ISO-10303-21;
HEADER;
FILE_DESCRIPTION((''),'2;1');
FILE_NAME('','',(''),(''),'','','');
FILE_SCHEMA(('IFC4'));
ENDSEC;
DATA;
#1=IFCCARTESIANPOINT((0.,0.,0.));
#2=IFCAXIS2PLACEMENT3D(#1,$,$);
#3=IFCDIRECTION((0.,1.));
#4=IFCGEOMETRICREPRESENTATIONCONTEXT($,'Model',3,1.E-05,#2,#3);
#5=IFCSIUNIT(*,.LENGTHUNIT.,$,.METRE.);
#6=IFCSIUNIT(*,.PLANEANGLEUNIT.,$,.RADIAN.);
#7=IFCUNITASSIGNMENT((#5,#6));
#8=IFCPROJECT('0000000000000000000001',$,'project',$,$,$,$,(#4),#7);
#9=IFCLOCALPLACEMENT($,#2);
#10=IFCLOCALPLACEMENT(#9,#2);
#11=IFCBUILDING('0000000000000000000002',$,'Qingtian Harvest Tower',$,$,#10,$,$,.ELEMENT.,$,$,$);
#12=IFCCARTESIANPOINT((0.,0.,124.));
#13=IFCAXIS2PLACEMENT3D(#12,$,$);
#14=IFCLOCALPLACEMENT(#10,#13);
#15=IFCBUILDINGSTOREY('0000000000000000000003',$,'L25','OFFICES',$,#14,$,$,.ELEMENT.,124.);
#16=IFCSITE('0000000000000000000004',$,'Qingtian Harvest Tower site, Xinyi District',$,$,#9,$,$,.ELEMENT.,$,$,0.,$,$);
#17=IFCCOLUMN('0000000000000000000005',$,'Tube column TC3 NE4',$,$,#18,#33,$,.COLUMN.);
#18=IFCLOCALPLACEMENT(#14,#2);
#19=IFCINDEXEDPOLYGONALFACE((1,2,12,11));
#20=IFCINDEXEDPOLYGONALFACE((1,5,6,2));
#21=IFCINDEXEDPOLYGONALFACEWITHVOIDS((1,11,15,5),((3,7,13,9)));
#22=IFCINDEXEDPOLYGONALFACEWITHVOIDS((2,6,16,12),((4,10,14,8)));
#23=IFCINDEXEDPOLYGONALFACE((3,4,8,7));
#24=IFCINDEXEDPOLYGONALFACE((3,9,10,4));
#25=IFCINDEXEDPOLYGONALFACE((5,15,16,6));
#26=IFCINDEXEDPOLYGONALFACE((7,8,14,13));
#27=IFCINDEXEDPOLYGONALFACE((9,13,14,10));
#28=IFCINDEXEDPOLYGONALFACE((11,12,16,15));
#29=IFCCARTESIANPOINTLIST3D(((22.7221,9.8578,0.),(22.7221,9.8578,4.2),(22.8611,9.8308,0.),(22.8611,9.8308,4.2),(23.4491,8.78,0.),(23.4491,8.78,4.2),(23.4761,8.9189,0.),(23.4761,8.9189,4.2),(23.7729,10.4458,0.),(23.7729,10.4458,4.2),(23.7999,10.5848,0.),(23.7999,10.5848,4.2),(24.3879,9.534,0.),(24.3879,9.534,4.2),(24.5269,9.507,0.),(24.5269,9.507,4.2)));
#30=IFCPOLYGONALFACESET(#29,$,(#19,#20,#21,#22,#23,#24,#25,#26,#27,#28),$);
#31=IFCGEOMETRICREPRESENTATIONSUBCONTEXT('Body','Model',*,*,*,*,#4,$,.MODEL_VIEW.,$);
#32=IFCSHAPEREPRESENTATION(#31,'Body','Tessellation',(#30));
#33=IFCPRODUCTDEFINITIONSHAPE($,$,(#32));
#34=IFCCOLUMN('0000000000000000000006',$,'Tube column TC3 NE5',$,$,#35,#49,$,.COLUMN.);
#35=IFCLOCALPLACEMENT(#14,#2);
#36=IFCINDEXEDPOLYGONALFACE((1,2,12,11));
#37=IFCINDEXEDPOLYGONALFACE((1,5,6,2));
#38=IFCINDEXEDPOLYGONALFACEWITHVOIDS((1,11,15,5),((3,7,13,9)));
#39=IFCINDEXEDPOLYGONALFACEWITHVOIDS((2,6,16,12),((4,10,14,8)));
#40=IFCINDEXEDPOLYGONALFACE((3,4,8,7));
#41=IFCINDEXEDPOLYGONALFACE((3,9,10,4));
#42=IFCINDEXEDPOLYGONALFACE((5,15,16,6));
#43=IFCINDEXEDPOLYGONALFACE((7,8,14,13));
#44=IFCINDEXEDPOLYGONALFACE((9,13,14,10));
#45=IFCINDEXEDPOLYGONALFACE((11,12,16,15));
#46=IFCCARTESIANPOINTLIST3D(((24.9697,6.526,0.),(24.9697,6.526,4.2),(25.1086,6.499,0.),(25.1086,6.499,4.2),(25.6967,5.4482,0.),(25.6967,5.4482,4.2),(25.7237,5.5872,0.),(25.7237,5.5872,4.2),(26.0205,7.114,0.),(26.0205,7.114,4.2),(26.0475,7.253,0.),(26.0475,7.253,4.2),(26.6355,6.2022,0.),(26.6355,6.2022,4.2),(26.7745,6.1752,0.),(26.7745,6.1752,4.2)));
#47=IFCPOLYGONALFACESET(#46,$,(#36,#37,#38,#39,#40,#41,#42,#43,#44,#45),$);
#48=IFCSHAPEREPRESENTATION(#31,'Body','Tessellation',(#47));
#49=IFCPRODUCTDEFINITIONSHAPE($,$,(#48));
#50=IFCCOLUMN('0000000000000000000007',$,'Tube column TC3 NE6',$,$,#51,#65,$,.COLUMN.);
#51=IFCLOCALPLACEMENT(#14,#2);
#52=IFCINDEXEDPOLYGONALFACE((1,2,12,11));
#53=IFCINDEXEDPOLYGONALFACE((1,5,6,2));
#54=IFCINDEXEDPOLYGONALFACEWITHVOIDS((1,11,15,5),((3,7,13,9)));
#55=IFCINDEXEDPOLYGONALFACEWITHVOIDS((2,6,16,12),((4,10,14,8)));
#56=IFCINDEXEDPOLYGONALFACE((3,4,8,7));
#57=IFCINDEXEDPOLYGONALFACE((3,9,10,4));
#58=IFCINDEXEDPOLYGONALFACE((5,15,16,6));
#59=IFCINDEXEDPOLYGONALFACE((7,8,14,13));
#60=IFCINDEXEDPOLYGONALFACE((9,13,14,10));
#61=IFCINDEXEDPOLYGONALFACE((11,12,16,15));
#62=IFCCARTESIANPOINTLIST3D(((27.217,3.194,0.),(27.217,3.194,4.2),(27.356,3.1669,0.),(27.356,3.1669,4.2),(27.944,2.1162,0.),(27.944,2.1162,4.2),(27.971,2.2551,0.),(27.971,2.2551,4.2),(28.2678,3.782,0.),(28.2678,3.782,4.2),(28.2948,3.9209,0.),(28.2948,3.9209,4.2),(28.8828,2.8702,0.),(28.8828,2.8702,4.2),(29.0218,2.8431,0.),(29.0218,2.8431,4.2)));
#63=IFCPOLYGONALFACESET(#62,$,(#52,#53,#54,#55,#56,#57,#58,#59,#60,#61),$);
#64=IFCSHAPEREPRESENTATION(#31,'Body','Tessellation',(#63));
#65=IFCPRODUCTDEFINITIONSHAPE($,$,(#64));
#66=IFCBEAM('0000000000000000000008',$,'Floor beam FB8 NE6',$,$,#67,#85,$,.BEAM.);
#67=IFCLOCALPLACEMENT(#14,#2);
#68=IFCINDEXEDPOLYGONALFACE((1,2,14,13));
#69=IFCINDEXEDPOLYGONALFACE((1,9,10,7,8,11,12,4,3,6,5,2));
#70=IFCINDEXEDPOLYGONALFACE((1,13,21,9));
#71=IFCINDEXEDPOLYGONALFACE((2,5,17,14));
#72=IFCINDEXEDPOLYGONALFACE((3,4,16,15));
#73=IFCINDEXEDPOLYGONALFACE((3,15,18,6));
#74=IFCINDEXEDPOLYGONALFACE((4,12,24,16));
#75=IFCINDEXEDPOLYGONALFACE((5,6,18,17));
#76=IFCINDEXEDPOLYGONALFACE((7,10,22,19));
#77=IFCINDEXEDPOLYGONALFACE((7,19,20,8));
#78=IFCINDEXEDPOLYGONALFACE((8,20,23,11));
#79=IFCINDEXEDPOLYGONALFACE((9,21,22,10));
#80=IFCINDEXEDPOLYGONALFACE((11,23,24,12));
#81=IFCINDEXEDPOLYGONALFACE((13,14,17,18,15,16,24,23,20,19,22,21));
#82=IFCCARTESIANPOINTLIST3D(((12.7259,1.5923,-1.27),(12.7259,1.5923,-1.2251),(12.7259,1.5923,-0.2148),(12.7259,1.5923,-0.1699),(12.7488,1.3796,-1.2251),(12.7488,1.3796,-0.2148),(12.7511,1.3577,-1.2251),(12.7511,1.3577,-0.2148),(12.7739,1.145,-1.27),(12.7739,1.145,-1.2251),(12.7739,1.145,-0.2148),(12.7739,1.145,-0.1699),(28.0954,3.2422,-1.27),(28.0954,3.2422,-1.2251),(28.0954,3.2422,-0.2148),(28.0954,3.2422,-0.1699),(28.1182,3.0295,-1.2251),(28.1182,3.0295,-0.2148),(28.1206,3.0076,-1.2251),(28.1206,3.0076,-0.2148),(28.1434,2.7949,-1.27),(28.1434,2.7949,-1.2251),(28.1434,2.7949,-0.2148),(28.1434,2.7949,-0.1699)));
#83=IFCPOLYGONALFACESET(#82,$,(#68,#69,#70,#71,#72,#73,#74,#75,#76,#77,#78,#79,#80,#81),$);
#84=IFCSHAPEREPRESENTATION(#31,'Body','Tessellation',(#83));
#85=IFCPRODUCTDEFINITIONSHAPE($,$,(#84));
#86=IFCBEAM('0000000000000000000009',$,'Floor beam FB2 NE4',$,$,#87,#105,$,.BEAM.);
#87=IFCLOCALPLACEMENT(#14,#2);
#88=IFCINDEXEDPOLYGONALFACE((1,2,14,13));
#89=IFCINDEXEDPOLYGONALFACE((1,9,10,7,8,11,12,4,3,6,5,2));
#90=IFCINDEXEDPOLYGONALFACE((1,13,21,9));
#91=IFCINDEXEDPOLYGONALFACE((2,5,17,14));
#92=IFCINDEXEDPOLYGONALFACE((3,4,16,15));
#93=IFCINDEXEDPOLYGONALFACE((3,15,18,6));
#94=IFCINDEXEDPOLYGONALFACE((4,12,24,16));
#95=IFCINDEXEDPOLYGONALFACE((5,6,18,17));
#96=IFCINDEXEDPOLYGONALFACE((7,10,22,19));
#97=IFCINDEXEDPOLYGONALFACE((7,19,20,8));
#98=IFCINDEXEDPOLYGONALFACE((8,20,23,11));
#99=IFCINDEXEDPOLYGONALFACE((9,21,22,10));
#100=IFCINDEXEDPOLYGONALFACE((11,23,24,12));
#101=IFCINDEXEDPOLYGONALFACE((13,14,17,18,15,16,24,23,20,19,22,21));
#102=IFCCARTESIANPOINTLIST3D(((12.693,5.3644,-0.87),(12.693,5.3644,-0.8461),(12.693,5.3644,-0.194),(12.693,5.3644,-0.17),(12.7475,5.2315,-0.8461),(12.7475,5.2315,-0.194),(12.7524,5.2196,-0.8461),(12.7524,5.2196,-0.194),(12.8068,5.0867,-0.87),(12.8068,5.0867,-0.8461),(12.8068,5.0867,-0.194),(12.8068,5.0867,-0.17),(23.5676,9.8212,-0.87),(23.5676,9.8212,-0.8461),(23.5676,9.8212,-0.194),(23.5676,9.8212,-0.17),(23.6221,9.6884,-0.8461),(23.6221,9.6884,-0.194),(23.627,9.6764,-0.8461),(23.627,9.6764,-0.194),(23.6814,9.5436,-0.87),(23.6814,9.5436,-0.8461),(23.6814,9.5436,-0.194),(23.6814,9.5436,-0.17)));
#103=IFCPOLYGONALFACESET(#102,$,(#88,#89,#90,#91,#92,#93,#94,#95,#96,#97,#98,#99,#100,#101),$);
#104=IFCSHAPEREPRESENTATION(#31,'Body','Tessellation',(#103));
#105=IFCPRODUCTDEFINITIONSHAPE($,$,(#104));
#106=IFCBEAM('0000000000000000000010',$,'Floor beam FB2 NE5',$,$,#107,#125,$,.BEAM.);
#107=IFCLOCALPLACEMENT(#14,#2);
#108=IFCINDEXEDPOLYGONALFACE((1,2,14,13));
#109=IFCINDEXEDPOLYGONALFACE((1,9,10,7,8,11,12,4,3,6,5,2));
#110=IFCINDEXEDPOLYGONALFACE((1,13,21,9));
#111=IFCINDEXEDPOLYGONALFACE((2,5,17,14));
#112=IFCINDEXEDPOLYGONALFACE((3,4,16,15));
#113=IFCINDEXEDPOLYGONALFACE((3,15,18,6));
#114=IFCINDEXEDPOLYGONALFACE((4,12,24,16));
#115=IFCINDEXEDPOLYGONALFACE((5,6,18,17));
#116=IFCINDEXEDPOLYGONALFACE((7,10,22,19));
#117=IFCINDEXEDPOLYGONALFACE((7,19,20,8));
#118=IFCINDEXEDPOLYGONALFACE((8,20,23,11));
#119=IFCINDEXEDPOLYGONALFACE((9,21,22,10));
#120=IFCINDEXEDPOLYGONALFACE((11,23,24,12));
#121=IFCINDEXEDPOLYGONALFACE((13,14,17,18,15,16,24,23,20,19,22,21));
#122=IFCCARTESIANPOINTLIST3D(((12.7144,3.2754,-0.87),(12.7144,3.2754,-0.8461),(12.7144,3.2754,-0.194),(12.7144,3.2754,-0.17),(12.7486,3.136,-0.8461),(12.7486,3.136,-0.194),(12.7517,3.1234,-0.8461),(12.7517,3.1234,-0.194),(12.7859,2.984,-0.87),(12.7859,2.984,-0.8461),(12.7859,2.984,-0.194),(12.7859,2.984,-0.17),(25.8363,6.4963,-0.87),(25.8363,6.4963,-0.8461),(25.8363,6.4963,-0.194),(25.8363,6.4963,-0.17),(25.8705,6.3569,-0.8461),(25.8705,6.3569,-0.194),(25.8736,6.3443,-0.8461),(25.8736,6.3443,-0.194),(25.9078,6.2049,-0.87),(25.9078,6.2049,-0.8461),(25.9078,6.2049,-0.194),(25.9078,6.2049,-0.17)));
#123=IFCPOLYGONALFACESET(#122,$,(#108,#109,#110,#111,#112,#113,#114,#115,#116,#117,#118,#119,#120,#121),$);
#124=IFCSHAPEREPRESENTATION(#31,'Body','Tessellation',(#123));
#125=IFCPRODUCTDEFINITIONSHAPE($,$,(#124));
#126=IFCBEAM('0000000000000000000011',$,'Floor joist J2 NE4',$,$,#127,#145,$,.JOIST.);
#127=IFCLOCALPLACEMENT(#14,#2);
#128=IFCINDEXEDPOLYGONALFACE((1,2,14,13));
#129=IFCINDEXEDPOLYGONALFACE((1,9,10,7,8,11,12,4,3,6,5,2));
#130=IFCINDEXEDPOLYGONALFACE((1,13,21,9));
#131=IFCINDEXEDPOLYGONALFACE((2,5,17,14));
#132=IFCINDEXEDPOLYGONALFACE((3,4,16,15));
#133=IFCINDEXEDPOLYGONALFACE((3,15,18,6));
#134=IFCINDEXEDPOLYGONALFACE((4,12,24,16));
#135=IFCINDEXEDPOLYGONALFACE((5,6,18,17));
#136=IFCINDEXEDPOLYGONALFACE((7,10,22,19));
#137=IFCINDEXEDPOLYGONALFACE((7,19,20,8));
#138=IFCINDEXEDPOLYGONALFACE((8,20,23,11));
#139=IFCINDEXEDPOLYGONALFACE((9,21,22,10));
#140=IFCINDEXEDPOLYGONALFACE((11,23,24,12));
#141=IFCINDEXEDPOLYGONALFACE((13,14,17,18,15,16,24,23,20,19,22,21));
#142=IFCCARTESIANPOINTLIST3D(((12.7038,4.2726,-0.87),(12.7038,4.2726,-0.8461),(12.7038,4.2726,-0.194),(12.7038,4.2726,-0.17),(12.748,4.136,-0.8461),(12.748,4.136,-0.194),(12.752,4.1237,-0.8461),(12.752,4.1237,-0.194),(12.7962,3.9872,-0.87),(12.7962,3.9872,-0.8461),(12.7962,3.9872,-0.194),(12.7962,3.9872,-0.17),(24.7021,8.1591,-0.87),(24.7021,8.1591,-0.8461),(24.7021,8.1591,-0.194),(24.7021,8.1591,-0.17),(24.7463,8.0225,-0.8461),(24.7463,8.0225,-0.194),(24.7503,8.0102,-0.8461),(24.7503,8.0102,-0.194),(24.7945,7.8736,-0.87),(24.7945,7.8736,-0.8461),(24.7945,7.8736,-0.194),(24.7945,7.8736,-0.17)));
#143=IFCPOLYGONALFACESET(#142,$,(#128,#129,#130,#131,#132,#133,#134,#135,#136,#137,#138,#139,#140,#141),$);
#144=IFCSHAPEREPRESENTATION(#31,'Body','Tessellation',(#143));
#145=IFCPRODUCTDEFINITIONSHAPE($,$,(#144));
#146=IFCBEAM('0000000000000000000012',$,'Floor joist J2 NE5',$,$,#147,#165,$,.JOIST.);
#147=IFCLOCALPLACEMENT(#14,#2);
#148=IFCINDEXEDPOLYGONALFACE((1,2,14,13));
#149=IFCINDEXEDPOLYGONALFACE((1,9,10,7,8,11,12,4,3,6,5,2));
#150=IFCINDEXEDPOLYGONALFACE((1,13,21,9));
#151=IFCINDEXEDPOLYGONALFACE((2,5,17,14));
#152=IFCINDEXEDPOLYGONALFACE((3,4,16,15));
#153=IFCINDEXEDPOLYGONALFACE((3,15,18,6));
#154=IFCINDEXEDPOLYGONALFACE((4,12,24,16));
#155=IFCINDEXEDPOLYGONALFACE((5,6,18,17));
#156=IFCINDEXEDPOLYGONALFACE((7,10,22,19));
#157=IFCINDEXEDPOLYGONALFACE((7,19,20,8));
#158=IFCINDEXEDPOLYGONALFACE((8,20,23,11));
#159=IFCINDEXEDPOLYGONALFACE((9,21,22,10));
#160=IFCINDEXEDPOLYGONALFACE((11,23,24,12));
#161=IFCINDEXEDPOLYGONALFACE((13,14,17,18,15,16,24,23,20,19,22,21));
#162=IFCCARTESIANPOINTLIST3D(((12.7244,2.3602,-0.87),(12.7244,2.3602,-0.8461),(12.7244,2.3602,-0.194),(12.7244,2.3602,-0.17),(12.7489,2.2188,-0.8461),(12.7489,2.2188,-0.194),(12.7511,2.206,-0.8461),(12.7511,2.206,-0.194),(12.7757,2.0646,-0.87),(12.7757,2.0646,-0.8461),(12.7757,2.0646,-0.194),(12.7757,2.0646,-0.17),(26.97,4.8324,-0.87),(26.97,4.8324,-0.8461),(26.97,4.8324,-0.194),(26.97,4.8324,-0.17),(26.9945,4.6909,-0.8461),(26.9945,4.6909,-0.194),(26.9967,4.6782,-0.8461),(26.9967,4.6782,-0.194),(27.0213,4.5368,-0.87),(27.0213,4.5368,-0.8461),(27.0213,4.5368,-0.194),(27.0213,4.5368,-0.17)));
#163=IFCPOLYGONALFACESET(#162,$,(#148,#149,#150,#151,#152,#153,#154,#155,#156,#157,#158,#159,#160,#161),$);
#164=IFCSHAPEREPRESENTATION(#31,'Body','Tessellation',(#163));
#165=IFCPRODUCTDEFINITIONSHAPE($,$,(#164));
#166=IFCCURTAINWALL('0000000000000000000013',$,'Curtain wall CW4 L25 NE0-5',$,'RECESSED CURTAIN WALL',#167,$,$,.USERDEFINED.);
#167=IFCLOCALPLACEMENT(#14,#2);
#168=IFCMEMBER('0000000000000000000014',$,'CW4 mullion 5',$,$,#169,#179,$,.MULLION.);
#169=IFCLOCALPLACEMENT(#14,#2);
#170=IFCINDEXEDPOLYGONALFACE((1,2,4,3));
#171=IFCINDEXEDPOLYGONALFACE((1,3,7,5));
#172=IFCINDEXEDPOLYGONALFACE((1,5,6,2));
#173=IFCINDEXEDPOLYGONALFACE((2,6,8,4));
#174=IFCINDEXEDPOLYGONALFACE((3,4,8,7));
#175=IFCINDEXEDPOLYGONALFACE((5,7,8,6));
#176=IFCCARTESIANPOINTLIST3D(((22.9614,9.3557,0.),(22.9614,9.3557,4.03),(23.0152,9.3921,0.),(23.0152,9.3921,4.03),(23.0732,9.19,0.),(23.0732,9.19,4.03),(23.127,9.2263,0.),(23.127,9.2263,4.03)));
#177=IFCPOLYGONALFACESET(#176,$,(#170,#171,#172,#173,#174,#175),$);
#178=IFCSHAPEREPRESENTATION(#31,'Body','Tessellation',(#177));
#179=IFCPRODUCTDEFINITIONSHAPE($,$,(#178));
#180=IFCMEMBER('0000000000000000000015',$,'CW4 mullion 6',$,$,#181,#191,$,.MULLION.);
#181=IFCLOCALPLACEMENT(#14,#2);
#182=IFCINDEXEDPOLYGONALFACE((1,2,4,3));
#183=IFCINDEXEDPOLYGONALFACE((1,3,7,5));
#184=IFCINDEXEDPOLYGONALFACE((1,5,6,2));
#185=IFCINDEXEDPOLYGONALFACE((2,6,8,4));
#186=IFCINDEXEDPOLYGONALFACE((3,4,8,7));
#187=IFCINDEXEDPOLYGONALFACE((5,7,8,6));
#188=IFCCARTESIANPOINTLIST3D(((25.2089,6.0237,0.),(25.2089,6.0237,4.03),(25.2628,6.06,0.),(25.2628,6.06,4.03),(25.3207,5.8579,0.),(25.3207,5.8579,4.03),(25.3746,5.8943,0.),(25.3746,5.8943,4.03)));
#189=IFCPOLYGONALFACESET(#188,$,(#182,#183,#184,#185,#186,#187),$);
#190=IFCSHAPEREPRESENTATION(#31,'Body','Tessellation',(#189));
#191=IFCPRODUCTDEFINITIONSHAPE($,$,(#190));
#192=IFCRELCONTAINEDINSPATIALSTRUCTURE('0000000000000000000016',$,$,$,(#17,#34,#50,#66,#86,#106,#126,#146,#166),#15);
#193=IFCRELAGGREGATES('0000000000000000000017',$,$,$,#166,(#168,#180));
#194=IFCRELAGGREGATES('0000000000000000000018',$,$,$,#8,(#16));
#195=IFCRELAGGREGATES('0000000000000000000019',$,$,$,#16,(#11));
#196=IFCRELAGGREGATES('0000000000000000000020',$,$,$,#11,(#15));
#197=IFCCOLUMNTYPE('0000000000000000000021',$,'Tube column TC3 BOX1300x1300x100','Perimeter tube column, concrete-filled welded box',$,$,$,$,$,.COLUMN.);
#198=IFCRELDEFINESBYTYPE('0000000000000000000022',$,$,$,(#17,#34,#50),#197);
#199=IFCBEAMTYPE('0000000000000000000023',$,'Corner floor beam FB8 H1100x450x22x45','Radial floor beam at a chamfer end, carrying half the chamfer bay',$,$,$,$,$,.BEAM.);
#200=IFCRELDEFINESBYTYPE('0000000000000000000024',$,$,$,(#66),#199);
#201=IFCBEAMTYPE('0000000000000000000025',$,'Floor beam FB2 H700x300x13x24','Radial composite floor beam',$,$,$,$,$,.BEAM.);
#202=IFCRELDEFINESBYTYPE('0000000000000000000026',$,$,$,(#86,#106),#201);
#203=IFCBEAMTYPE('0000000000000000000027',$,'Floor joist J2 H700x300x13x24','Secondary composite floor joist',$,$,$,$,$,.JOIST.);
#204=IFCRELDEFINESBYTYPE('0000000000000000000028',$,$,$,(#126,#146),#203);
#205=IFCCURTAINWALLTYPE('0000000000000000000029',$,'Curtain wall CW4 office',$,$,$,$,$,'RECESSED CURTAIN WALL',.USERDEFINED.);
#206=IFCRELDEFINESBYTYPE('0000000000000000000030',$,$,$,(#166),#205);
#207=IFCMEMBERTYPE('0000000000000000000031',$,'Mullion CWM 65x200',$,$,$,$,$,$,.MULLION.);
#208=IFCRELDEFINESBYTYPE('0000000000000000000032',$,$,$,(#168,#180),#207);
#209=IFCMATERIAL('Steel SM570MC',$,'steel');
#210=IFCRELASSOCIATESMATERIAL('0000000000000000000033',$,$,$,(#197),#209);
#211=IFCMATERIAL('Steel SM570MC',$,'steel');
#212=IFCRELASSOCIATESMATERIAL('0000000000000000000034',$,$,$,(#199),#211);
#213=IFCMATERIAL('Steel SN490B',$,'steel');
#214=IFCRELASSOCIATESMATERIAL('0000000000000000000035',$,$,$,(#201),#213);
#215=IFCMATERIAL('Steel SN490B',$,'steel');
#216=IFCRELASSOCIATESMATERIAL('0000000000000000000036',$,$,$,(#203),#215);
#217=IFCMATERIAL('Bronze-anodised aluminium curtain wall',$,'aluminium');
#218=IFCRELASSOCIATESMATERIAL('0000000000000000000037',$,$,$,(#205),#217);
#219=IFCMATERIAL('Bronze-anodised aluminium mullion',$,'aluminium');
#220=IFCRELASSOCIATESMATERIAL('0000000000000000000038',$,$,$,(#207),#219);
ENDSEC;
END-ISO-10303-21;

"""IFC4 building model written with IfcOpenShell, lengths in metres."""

from ifc_helpers import new_model, si_unit, direction, frame, origin, origin_2d, place, context, subcontext, project, spatial, rectangle, hollow_rectangle, i_section, extrude, material, material_profile, profile_set, type_object, element, aggregate, save


model = new_model("IFC4")

# Units and contexts
model_context = context("Model", 3, precision=1e-05, world=origin(), true_north=direction((0.0, 1.0)))
body_context = subcontext(model_context, "Body", "Model", "MODEL_VIEW")
ifc_project = project(units=[si_unit("LENGTHUNIT", "METRE"), si_unit("PLANEANGLEUNIT", "RADIAN")], contexts=[model_context])

# Site, building, storey
site_placement = place(None, origin())
site = spatial("IfcSite", under=ifc_project, at=site_placement, Name="Qingtian Harvest Tower site, Xinyi District", CompositionType="ELEMENT", RefElevation=0.0)
building_placement = place(site_placement, origin())
building = spatial("IfcBuilding", under=site, at=building_placement, Name="Qingtian Harvest Tower", CompositionType="ELEMENT")
storey_placement = place(building_placement, frame((0.0, 0.0, 124.0)))
storey = spatial("IfcBuildingStorey", under=building, at=storey_placement, Name="L25", Description="OFFICES", CompositionType="ELEMENT", Elevation=124.0)

# Columns
ifc_material_1 = material(Name="Steel SM570MC", Category="steel")
ifc_material_profile_1 = material_profile(ifc_material_1, hollow_rectangle(XDim=1.3, YDim=1.3, WallThickness=0.1001, at=origin_2d()), Name="BOX1300x1300x100")
ifc_profile_set_1 = profile_set([ifc_material_profile_1], Name="Steel SM570MC")
column_type = type_object("IfcColumnType", Name="Tube column TC3 BOX1300x1300x100", Description="Perimeter tube column, concrete-filled welded box", PredefinedType="COLUMN", material=ifc_profile_set_1)
for number, where, z_axis, x_axis, name in (
    (1, (23.6245, 9.6824, 0.0), (0.0, 0.0, 1.0), (-0.559193, 0.829038, 0.0), "Tube column TC3 NE4"),
    (2, (25.8721, 6.3506, 0.0), (0.0, 0.0, 1.0), (-0.559193, 0.829038, 0.0), "Tube column TC3 NE5"),
    (3, (28.1194, 3.0186, 0.0), (0.0, 0.0, 1.0), (-0.559193, 0.829038, 0.0), "Tube column TC3 NE6"),
):
    element("IfcColumn", number, at=place(storey_placement, frame(where, z_axis=z_axis, x_axis=x_axis)), inside=storey, type_object=column_type, Name=name, PredefinedType="COLUMN", context=body_context, shape_type="SweptSolid", body=[
        extrude(hollow_rectangle(XDim=1.3, YDim=1.3, WallThickness=0.1001, at=origin_2d()), origin(), (0.0, 0.0, 1.0), 4.2),
    ])

# Beams
ifc_material_2 = material(Name="Steel SM570MC", Category="steel")
ifc_material_profile_2 = material_profile(ifc_material_2, i_section(OverallWidth=0.45, OverallDepth=1.1001, WebThickness=0.022, FlangeThickness=0.0449, at=origin_2d()), Name="H1100x450x22x45")
ifc_profile_set_2 = profile_set([ifc_material_profile_2], Name="Steel SM570MC")
beam_type_1 = type_object("IfcBeamType", Name="Corner floor beam FB8 H1100x450x22x45", Description="Radial floor beam at a chamfer end, carrying half the chamfer bay", PredefinedType="BEAM", material=ifc_profile_set_2)
beam_1_placement = place(storey_placement, frame((28.1194, 3.0186, -0.72), z_axis=(-0.994287, -0.106737, 0.0), x_axis=(0.106737, -0.994287, 0.0)))
element("IfcBeam", 4, at=beam_1_placement, inside=storey, type_object=beam_type_1, Name="Floor beam FB8 NE6", PredefinedType="BEAM", context=body_context, shape_type="SweptSolid", body=[
    extrude(i_section(OverallWidth=0.45, OverallDepth=1.1001, WebThickness=0.022, FlangeThickness=0.0449, at=origin_2d()), origin(), (0.0, 0.0, 1.0), 15.4578),
])
ifc_material_3 = material(Name="Steel SN490B", Category="steel")
ifc_material_profile_3 = material_profile(ifc_material_3, i_section(OverallWidth=0.3, OverallDepth=0.7, WebThickness=0.0129, FlangeThickness=0.0239, at=origin_2d()), Name="H700x300x13x24")
ifc_profile_set_3 = profile_set([ifc_material_profile_3], Name="Steel SN490B")
beam_type_2 = type_object("IfcBeamType", Name="Floor beam FB2 H700x300x13x24", Description="Radial composite floor beam", PredefinedType="BEAM", material=ifc_profile_set_3)
beam_2_placement = place(storey_placement, frame((23.6245, 9.6824, -0.52), z_axis=(-0.925305, -0.379225, 0.0), x_axis=(0.379225, -0.925305, 0.0)))
element("IfcBeam", 5, at=beam_2_placement, inside=storey, type_object=beam_type_2, Name="Floor beam FB2 NE4", PredefinedType="BEAM", context=body_context, shape_type="SweptSolid", body=[
    extrude(i_section(OverallWidth=0.3, OverallDepth=0.7, WebThickness=0.0129, FlangeThickness=0.0239, at=origin_2d()), origin(), (0.0, 0.0, 1.0), 11.7524),
])
beam_3_placement = place(storey_placement, frame((25.8721, 6.3506, -0.52), z_axis=(-0.971171, -0.238384, 0.0), x_axis=(0.238384, -0.971171, 0.0)))
element("IfcBeam", 6, at=beam_3_placement, inside=storey, type_object=beam_type_2, Name="Floor beam FB2 NE5", PredefinedType="BEAM", context=body_context, shape_type="SweptSolid", body=[
    extrude(i_section(OverallWidth=0.3, OverallDepth=0.7, WebThickness=0.0129, FlangeThickness=0.0239, at=origin_2d()), origin(), (0.0, 0.0, 1.0), 13.5115),
])
ifc_material_4 = material(Name="Steel SN490B", Category="steel")
ifc_material_profile_4 = material_profile(ifc_material_4, i_section(OverallWidth=0.3, OverallDepth=0.7, WebThickness=0.0129, FlangeThickness=0.0239, at=origin_2d()), Name="H700x300x13x24")
ifc_profile_set_4 = profile_set([ifc_material_profile_4], Name="Steel SN490B")
beam_type_3 = type_object("IfcBeamType", Name="Floor joist J2 H700x300x13x24", Description="Secondary composite floor joist", PredefinedType="JOIST", material=ifc_profile_set_4)
beam_4_placement = place(storey_placement, frame((24.7483, 8.0164, -0.52), z_axis=(-0.951336, -0.308156, 0.0), x_axis=(0.308156, -0.951336, 0.0)))
element("IfcBeam", 7, at=beam_4_placement, inside=storey, type_object=beam_type_3, Name="Floor joist J2 NE4", PredefinedType="JOIST", context=body_context, shape_type="SweptSolid", body=[
    extrude(i_section(OverallWidth=0.3, OverallDepth=0.7, WebThickness=0.0129, FlangeThickness=0.0239, at=origin_2d()), origin(), (0.0, 0.0, 1.0), 12.6121),
])
beam_5_placement = place(storey_placement, frame((26.9956, 4.6846, -0.52), z_axis=(-0.985274, -0.170983, 0.0), x_axis=(0.170983, -0.985274, 0.0)))
element("IfcBeam", 8, at=beam_5_placement, inside=storey, type_object=beam_type_3, Name="Floor joist J2 NE5", PredefinedType="JOIST", context=body_context, shape_type="SweptSolid", body=[
    extrude(i_section(OverallWidth=0.3, OverallDepth=0.7, WebThickness=0.0129, FlangeThickness=0.0239, at=origin_2d()), origin(), (0.0, 0.0, 1.0), 14.4585),
])

# Curtain wall, members
ifc_material_5 = material(Name="Bronze-anodised aluminium curtain wall", Category="aluminium")
curtain_wall_type = type_object("IfcCurtainWallType", Name="Curtain wall CW4 office", ElementType="RECESSED CURTAIN WALL", PredefinedType="USERDEFINED", material=ifc_material_5)
curtain_wall_1_placement = place(storey_placement, origin())
curtain_wall_1 = element("IfcCurtainWall", 9, at=curtain_wall_1_placement, inside=storey, type_object=curtain_wall_type, Name="Curtain wall CW4 L25 NE0-5", ObjectType="RECESSED CURTAIN WALL", PredefinedType="USERDEFINED")
ifc_material_6 = material(Name="Bronze-anodised aluminium mullion", Category="aluminium")
ifc_material_profile_5 = material_profile(ifc_material_6, rectangle(XDim=0.0649, YDim=0.2, at=origin_2d()), Name="AL 65x200")
ifc_profile_set_5 = profile_set([ifc_material_profile_5], Name="Bronze-anodised aluminium mullion")
member_type_1 = type_object("IfcMemberType", Name="Mullion CWM 65x200", PredefinedType="MULLION", material=ifc_profile_set_5)
member_1_placement = place(storey_placement, frame((23.0442, 9.291, 0.0), z_axis=(0.0, 0.0, 1.0), x_axis=(0.829038, 0.559193, 0.0)))
member_1 = element("IfcMember", 10, at=member_1_placement, type_object=member_type_1, Name="CW4 mullion 5", PredefinedType="MULLION", context=body_context, shape_type="SweptSolid", body=[
    extrude(rectangle(XDim=0.0649, YDim=0.2, at=origin_2d()), origin(), (0.0, 0.0, 1.0), 4.03),
])
member_2_placement = place(storey_placement, frame((25.2917, 5.959, 0.0), z_axis=(0.0, 0.0, 1.0), x_axis=(0.829038, 0.559193, 0.0)))
member_2 = element("IfcMember", 11, at=member_2_placement, type_object=member_type_1, Name="CW4 mullion 6", PredefinedType="MULLION", context=body_context, shape_type="SweptSolid", body=[
    extrude(rectangle(XDim=0.0649, YDim=0.2, at=origin_2d()), origin(), (0.0, 0.0, 1.0), 4.03),
])

aggregate(curtain_wall_1, [member_1, member_2])

save(model, "model.ifc")
